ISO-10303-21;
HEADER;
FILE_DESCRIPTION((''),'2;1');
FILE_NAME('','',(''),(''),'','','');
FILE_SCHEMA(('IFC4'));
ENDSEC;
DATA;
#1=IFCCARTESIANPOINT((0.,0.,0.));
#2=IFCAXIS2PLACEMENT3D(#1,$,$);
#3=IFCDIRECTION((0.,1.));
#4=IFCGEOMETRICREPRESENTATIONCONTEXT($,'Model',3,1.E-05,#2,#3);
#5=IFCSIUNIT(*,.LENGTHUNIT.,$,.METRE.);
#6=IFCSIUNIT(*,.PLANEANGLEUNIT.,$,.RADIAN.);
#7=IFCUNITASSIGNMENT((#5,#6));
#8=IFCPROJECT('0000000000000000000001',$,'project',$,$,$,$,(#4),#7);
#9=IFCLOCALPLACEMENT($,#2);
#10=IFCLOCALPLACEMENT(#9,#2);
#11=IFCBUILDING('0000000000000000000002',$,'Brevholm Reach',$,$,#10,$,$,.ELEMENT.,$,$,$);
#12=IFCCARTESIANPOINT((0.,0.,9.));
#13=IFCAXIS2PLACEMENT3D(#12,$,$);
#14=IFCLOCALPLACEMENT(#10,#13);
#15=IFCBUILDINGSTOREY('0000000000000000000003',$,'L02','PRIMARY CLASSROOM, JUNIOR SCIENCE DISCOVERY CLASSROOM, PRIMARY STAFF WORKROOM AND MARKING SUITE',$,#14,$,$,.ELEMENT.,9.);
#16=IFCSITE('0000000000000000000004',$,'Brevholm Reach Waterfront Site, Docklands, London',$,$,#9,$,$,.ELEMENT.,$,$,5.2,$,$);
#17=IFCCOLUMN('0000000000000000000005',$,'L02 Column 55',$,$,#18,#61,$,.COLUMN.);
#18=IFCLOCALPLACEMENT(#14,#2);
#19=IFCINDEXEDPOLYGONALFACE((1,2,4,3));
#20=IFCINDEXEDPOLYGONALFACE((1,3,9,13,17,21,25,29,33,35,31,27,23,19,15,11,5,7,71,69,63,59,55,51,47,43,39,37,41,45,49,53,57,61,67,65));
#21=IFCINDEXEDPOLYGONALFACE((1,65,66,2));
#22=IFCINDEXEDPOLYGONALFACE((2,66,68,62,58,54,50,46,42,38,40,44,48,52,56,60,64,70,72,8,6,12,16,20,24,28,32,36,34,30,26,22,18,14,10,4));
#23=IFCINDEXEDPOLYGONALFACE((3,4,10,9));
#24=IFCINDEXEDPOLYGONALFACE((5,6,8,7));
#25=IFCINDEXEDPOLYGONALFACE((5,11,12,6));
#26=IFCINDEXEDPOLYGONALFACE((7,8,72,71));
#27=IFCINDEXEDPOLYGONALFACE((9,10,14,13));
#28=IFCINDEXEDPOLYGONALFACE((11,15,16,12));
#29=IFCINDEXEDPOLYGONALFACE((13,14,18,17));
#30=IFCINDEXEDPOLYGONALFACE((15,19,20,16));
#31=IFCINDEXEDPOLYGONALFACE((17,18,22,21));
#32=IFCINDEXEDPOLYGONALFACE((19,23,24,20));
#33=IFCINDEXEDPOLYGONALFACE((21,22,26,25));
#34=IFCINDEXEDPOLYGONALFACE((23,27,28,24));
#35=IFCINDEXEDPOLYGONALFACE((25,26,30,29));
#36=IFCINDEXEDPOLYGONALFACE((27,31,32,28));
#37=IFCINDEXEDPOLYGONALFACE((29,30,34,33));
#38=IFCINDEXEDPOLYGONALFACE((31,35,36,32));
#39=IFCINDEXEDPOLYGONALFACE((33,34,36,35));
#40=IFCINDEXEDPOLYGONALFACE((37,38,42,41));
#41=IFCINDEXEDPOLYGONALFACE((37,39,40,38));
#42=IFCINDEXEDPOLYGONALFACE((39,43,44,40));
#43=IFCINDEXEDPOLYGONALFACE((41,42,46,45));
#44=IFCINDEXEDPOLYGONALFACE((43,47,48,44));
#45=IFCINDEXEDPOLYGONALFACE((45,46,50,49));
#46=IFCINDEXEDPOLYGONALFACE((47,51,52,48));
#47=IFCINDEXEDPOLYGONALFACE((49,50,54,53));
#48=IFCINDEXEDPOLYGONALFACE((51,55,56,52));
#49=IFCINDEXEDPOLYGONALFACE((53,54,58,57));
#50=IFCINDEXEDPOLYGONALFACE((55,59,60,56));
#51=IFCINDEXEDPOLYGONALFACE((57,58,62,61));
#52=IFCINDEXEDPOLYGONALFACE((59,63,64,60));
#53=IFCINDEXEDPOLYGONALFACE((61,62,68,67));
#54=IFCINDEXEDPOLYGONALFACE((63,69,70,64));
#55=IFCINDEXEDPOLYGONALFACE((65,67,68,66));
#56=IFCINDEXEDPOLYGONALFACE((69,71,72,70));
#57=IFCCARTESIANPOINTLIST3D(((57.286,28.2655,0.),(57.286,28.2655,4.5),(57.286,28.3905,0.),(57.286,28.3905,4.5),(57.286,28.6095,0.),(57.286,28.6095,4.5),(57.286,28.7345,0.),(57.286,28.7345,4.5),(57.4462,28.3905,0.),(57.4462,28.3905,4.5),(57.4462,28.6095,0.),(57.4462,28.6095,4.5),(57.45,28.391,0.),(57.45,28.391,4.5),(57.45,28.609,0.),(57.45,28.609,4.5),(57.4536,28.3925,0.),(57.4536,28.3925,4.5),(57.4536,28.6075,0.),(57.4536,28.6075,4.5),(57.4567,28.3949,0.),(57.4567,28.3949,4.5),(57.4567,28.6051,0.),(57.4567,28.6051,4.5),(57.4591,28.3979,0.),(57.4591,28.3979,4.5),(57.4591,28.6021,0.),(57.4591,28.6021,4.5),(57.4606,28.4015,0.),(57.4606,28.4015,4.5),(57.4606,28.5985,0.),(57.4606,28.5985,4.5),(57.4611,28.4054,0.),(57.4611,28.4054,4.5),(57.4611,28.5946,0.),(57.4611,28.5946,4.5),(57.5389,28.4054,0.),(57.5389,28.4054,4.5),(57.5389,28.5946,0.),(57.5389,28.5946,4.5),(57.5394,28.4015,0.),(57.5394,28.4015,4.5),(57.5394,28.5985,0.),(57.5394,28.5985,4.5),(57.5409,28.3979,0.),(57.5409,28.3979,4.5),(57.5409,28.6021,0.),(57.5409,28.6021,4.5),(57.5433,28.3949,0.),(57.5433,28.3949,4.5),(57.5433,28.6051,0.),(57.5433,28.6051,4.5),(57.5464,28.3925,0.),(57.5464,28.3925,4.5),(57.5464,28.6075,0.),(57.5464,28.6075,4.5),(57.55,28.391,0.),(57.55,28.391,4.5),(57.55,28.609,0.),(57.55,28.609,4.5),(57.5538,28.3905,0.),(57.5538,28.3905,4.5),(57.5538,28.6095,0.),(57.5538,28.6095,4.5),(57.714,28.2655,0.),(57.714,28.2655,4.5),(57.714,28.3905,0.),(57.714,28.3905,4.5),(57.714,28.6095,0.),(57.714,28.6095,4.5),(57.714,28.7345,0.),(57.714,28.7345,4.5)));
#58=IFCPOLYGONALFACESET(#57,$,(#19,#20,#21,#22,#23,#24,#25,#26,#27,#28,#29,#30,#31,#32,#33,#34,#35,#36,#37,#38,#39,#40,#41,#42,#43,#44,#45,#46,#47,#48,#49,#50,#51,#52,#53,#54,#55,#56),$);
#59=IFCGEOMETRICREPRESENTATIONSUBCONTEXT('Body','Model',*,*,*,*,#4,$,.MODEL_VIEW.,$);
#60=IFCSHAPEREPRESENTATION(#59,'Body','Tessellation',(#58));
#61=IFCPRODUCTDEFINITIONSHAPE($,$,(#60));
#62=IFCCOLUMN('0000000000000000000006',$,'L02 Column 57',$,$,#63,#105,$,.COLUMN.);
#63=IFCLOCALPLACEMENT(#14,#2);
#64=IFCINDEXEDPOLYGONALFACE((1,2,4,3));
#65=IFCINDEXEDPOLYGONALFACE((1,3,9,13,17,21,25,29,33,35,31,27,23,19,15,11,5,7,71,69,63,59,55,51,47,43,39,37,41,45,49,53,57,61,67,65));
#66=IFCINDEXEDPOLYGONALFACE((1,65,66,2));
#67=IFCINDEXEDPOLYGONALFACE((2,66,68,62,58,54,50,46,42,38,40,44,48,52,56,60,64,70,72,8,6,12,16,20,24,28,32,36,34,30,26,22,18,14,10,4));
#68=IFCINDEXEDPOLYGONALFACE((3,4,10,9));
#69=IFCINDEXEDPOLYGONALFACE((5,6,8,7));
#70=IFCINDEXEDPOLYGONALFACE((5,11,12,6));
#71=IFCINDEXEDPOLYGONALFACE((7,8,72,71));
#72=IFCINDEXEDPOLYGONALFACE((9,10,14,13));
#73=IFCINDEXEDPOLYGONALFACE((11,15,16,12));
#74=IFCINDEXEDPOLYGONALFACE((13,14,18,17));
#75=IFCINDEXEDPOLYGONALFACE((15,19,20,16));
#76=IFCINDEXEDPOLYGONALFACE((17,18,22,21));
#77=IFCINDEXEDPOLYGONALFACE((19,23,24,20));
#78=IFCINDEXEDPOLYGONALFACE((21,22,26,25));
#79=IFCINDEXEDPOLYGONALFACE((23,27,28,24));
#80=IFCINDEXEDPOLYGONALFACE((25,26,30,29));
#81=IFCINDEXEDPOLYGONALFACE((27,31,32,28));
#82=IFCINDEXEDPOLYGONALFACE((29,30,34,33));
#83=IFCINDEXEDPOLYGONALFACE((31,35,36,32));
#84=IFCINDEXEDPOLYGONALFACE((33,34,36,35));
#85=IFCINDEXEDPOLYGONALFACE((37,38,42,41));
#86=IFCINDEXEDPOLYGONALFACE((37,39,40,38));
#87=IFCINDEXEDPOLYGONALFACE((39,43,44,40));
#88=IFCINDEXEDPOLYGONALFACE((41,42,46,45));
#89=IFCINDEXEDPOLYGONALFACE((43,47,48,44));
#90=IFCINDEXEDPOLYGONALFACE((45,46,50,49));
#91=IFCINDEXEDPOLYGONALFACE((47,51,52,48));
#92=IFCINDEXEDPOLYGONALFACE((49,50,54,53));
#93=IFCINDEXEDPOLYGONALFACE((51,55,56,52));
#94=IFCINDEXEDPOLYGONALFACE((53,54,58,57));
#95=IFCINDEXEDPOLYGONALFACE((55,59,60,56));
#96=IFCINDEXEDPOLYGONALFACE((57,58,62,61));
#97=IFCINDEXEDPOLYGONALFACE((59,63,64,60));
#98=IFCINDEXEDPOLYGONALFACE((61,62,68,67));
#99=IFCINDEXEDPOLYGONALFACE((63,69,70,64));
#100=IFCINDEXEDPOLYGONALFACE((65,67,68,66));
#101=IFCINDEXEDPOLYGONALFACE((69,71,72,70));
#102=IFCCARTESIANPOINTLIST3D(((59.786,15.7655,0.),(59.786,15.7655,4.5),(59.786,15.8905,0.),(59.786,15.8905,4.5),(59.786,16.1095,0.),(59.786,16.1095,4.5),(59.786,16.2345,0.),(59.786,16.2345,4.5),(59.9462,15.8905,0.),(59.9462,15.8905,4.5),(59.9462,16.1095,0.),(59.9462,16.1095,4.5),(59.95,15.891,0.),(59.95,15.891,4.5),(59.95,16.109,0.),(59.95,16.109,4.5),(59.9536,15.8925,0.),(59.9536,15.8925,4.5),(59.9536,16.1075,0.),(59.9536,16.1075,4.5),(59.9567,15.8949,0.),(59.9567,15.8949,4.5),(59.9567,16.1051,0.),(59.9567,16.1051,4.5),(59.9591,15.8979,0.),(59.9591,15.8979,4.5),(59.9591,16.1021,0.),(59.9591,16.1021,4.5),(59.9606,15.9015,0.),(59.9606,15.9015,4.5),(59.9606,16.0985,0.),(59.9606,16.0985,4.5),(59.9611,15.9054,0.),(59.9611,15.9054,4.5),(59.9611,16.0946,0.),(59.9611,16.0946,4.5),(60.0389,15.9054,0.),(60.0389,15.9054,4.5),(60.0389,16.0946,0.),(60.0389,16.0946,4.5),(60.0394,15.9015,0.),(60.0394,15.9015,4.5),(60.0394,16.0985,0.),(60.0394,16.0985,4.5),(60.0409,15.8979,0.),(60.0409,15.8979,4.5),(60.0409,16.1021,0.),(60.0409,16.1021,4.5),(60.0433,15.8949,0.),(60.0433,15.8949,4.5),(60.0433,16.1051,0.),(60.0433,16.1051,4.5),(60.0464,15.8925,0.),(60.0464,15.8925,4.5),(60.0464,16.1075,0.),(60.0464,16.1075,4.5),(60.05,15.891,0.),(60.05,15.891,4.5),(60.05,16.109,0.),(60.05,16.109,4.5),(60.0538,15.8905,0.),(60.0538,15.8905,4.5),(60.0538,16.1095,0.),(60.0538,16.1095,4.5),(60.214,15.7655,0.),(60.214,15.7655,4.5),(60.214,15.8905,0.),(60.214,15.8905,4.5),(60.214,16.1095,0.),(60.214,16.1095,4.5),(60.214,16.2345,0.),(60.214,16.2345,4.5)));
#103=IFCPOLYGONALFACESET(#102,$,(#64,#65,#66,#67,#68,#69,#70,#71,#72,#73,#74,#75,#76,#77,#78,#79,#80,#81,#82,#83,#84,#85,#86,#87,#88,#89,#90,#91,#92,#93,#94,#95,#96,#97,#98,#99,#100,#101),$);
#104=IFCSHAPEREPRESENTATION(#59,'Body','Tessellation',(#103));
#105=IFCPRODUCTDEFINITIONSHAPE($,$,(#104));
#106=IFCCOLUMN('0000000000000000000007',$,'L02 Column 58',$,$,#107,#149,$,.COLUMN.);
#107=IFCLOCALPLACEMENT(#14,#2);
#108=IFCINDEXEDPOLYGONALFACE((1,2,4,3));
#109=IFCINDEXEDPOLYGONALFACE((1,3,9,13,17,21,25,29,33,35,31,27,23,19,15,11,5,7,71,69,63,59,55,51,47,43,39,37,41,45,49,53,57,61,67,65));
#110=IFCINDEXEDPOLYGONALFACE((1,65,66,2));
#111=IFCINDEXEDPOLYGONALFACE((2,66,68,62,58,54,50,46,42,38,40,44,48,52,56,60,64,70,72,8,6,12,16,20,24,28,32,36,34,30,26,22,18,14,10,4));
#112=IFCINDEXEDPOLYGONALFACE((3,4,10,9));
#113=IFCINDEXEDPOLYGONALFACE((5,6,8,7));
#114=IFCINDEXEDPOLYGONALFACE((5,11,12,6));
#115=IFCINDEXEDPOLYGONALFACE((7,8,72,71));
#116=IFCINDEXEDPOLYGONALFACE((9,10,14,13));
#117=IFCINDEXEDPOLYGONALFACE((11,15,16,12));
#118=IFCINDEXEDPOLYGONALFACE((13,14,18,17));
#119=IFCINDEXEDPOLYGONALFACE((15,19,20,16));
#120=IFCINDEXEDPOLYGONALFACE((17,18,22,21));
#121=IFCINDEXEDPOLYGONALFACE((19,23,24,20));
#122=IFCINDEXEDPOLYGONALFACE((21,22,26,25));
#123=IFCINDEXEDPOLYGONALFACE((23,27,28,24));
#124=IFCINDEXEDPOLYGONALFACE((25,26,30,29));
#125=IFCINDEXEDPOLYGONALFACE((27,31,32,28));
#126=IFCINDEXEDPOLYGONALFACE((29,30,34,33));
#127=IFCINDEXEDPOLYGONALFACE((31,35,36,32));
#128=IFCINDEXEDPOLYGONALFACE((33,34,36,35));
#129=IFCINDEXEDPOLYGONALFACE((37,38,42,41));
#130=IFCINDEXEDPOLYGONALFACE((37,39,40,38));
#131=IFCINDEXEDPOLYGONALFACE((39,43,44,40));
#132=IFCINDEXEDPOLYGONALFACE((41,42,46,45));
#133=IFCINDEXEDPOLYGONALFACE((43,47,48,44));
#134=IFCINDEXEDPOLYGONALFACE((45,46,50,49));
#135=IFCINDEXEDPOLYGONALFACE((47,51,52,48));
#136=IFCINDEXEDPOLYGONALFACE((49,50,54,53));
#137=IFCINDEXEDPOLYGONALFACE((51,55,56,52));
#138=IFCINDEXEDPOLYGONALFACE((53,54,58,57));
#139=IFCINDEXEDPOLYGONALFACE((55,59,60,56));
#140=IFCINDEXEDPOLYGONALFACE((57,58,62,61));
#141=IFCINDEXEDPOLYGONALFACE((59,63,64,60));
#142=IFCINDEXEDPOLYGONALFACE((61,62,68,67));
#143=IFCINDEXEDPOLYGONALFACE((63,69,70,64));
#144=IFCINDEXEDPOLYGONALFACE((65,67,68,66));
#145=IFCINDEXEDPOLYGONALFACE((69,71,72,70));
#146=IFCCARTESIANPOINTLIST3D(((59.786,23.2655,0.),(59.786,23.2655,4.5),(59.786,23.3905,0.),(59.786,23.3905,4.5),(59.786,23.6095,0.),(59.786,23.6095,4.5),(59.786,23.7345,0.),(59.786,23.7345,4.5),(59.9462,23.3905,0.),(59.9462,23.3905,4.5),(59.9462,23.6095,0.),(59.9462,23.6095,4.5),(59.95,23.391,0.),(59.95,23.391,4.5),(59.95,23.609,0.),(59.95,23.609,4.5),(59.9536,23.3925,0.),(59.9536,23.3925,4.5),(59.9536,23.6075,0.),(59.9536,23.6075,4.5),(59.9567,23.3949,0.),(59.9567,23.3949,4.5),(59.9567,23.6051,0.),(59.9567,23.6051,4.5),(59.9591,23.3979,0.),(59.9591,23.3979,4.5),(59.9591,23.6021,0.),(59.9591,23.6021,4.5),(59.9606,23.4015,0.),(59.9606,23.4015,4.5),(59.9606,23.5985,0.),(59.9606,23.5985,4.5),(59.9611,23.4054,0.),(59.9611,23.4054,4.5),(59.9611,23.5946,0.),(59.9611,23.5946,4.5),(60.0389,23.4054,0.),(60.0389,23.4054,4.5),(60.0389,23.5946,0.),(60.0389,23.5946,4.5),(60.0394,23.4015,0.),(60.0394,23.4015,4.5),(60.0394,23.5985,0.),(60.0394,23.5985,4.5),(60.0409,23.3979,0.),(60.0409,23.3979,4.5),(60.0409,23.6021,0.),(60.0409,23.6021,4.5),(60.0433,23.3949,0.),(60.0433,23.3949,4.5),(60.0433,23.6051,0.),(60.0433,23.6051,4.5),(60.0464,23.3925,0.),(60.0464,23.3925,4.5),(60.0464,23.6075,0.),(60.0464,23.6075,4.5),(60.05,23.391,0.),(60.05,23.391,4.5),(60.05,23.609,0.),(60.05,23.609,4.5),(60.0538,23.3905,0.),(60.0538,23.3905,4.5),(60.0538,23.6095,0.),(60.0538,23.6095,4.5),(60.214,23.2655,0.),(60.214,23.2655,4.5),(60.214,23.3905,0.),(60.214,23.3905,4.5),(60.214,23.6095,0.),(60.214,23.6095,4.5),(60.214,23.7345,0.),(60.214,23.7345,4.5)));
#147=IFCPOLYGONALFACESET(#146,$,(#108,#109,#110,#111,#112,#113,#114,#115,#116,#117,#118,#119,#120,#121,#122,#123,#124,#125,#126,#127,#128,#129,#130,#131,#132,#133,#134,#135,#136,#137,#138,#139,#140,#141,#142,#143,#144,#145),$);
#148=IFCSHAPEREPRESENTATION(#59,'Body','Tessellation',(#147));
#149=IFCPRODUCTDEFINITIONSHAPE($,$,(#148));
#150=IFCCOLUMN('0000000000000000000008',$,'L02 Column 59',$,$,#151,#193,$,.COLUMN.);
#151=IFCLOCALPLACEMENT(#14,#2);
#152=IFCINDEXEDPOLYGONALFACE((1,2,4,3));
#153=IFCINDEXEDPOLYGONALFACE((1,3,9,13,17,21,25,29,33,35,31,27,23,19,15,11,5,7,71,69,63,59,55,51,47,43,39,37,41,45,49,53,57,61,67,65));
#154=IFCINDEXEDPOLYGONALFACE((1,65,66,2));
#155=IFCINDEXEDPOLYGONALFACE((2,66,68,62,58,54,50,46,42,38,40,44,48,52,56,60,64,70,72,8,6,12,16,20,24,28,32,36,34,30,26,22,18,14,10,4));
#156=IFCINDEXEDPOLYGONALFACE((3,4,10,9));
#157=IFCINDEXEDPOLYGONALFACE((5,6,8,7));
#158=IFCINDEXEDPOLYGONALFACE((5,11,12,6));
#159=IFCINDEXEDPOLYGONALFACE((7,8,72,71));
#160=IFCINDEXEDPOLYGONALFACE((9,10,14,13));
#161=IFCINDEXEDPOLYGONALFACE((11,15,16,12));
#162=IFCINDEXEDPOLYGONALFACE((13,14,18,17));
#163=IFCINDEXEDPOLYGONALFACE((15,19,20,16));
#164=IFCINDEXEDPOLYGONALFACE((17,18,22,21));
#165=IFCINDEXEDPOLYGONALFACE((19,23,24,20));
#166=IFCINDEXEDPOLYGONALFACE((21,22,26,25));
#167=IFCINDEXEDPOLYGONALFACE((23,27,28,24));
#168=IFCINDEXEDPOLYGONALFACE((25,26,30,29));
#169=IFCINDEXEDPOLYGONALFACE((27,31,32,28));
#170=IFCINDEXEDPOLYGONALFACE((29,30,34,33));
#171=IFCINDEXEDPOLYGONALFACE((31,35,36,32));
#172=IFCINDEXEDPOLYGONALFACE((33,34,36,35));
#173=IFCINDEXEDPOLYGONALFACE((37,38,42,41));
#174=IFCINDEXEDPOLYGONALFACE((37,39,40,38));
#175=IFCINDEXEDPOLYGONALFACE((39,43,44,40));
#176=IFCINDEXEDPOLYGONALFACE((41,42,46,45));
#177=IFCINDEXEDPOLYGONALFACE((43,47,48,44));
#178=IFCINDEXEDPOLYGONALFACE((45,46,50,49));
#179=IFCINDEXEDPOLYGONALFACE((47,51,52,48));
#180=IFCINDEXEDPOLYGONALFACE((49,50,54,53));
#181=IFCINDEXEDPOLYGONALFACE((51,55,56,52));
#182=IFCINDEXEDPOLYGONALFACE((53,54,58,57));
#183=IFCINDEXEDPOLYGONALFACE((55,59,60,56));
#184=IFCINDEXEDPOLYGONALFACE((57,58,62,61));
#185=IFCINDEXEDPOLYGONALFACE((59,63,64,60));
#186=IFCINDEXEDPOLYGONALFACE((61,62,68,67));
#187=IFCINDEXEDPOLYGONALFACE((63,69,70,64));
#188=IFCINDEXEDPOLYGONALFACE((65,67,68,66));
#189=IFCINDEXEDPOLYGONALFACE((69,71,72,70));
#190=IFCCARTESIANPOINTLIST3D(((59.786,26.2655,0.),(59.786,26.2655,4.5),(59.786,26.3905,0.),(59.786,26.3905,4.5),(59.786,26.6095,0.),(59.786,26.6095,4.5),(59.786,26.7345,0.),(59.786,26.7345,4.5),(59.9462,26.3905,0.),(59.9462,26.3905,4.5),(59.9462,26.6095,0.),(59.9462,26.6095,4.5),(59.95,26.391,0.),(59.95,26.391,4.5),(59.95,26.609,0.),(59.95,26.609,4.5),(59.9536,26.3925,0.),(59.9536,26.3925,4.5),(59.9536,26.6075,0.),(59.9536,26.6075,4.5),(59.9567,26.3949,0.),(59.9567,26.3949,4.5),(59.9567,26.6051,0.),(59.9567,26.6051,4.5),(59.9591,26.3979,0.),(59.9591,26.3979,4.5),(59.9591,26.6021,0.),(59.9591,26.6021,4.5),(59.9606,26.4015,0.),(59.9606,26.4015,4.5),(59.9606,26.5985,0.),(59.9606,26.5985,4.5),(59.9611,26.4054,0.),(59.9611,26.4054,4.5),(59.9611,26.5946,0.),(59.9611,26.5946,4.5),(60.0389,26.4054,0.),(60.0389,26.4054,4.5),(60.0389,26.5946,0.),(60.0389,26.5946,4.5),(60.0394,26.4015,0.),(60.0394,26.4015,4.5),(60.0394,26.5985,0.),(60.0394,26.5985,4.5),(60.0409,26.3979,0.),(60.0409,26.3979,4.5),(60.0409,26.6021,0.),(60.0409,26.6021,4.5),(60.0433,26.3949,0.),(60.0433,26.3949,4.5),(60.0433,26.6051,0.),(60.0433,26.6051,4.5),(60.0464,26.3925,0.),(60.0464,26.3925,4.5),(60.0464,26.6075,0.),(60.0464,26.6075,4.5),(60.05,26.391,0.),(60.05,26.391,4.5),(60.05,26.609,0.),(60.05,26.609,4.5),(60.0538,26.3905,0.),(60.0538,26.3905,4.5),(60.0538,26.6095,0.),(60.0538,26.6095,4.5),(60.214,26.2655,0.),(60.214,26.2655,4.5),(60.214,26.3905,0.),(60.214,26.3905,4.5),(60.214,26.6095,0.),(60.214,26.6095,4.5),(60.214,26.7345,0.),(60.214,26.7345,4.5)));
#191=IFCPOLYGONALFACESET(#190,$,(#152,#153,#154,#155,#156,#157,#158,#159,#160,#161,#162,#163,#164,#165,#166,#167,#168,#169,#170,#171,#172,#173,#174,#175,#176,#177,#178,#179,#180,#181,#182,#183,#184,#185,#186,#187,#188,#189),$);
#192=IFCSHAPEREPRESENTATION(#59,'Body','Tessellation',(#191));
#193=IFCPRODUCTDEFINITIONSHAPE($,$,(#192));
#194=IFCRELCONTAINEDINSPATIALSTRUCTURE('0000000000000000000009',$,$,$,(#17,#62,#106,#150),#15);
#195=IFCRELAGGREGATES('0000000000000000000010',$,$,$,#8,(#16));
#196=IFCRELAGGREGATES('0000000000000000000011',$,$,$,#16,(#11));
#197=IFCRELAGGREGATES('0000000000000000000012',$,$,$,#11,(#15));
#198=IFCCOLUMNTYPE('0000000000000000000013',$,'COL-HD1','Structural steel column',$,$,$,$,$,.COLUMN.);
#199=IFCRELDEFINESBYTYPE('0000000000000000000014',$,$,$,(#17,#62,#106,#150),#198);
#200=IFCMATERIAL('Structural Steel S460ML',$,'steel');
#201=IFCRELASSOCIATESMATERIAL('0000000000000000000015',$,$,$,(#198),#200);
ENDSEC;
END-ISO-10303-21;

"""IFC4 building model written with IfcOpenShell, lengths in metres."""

from ifc_helpers import new_model, si_unit, direction, frame, origin, origin_2d, place, context, subcontext, project, spatial, i_section, extrude, material, material_profile, profile_set, type_object, element, save


model = new_model("IFC4")

# Units and contexts
model_context = context("Model", 3, precision=1e-05, world=origin(), true_north=direction((0.0, 1.0)))
body_context = subcontext(model_context, "Body", "Model", "MODEL_VIEW")
ifc_project = project(units=[si_unit("LENGTHUNIT", "METRE"), si_unit("PLANEANGLEUNIT", "RADIAN")], contexts=[model_context])

# Site, building, storey
site_placement = place(None, origin())
site = spatial("IfcSite", under=ifc_project, at=site_placement, Name="Brevholm Reach Waterfront Site, Docklands, London", CompositionType="ELEMENT", RefElevation=5.2)
building_placement = place(site_placement, origin())
building = spatial("IfcBuilding", under=site, at=building_placement, Name="Brevholm Reach", CompositionType="ELEMENT")
storey_placement = place(building_placement, frame((0.0, 0.0, 9.0)))
storey = spatial("IfcBuildingStorey", under=building, at=storey_placement, Name="L02", Description="PRIMARY CLASSROOM, JUNIOR SCIENCE DISCOVERY CLASSROOM, PRIMARY STAFF WORKROOM AND MARKING SUITE", CompositionType="ELEMENT", Elevation=9.0)

# Columns
ifc_material_1 = material(Name="Structural Steel S460ML", Category="steel")
ifc_material_profile_1 = material_profile(ifc_material_1, i_section(OverallWidth=0.428, OverallDepth=0.469, WebThickness=0.0779, FlangeThickness=0.125, FilletRadius=0.0149, at=origin_2d()), Name="HD 400x1086")
ifc_profile_set_1 = profile_set([ifc_material_profile_1], Name="Structural Steel S460ML")
column_type_1 = type_object("IfcColumnType", Name="COL-HD1", Description="Structural steel column", PredefinedType="COLUMN", material=ifc_profile_set_1)
for number, where, z_axis, x_axis, name in (
    (1, (57.5, 28.5, 0.0), (0.0, 0.0, 1.0), (1.0, 0.0, 0.0), "L02 Column 55"),
    (2, (60.0, 16.0, 0.0), (0.0, 0.0, 1.0), (1.0, 0.0, 0.0), "L02 Column 57"),
    (3, (60.0, 23.5, 0.0), (0.0, 0.0, 1.0), (1.0, 0.0, 0.0), "L02 Column 58"),
    (4, (60.0, 26.5, 0.0), (0.0, 0.0, 1.0), (1.0, 0.0, 0.0), "L02 Column 59"),
):
    element("IfcColumn", number, at=place(storey_placement, frame(where, z_axis=z_axis, x_axis=x_axis)), inside=storey, type_object=column_type_1, Name=name, PredefinedType="COLUMN", context=body_context, shape_type="SweptSolid", body=[
        extrude(i_section(OverallWidth=0.428, OverallDepth=0.469, WebThickness=0.0779, FlangeThickness=0.125, FilletRadius=0.0149, at=origin_2d()), origin(), (0.0, 0.0, 1.0), 4.5),
    ])

save(model, "model.ifc")
